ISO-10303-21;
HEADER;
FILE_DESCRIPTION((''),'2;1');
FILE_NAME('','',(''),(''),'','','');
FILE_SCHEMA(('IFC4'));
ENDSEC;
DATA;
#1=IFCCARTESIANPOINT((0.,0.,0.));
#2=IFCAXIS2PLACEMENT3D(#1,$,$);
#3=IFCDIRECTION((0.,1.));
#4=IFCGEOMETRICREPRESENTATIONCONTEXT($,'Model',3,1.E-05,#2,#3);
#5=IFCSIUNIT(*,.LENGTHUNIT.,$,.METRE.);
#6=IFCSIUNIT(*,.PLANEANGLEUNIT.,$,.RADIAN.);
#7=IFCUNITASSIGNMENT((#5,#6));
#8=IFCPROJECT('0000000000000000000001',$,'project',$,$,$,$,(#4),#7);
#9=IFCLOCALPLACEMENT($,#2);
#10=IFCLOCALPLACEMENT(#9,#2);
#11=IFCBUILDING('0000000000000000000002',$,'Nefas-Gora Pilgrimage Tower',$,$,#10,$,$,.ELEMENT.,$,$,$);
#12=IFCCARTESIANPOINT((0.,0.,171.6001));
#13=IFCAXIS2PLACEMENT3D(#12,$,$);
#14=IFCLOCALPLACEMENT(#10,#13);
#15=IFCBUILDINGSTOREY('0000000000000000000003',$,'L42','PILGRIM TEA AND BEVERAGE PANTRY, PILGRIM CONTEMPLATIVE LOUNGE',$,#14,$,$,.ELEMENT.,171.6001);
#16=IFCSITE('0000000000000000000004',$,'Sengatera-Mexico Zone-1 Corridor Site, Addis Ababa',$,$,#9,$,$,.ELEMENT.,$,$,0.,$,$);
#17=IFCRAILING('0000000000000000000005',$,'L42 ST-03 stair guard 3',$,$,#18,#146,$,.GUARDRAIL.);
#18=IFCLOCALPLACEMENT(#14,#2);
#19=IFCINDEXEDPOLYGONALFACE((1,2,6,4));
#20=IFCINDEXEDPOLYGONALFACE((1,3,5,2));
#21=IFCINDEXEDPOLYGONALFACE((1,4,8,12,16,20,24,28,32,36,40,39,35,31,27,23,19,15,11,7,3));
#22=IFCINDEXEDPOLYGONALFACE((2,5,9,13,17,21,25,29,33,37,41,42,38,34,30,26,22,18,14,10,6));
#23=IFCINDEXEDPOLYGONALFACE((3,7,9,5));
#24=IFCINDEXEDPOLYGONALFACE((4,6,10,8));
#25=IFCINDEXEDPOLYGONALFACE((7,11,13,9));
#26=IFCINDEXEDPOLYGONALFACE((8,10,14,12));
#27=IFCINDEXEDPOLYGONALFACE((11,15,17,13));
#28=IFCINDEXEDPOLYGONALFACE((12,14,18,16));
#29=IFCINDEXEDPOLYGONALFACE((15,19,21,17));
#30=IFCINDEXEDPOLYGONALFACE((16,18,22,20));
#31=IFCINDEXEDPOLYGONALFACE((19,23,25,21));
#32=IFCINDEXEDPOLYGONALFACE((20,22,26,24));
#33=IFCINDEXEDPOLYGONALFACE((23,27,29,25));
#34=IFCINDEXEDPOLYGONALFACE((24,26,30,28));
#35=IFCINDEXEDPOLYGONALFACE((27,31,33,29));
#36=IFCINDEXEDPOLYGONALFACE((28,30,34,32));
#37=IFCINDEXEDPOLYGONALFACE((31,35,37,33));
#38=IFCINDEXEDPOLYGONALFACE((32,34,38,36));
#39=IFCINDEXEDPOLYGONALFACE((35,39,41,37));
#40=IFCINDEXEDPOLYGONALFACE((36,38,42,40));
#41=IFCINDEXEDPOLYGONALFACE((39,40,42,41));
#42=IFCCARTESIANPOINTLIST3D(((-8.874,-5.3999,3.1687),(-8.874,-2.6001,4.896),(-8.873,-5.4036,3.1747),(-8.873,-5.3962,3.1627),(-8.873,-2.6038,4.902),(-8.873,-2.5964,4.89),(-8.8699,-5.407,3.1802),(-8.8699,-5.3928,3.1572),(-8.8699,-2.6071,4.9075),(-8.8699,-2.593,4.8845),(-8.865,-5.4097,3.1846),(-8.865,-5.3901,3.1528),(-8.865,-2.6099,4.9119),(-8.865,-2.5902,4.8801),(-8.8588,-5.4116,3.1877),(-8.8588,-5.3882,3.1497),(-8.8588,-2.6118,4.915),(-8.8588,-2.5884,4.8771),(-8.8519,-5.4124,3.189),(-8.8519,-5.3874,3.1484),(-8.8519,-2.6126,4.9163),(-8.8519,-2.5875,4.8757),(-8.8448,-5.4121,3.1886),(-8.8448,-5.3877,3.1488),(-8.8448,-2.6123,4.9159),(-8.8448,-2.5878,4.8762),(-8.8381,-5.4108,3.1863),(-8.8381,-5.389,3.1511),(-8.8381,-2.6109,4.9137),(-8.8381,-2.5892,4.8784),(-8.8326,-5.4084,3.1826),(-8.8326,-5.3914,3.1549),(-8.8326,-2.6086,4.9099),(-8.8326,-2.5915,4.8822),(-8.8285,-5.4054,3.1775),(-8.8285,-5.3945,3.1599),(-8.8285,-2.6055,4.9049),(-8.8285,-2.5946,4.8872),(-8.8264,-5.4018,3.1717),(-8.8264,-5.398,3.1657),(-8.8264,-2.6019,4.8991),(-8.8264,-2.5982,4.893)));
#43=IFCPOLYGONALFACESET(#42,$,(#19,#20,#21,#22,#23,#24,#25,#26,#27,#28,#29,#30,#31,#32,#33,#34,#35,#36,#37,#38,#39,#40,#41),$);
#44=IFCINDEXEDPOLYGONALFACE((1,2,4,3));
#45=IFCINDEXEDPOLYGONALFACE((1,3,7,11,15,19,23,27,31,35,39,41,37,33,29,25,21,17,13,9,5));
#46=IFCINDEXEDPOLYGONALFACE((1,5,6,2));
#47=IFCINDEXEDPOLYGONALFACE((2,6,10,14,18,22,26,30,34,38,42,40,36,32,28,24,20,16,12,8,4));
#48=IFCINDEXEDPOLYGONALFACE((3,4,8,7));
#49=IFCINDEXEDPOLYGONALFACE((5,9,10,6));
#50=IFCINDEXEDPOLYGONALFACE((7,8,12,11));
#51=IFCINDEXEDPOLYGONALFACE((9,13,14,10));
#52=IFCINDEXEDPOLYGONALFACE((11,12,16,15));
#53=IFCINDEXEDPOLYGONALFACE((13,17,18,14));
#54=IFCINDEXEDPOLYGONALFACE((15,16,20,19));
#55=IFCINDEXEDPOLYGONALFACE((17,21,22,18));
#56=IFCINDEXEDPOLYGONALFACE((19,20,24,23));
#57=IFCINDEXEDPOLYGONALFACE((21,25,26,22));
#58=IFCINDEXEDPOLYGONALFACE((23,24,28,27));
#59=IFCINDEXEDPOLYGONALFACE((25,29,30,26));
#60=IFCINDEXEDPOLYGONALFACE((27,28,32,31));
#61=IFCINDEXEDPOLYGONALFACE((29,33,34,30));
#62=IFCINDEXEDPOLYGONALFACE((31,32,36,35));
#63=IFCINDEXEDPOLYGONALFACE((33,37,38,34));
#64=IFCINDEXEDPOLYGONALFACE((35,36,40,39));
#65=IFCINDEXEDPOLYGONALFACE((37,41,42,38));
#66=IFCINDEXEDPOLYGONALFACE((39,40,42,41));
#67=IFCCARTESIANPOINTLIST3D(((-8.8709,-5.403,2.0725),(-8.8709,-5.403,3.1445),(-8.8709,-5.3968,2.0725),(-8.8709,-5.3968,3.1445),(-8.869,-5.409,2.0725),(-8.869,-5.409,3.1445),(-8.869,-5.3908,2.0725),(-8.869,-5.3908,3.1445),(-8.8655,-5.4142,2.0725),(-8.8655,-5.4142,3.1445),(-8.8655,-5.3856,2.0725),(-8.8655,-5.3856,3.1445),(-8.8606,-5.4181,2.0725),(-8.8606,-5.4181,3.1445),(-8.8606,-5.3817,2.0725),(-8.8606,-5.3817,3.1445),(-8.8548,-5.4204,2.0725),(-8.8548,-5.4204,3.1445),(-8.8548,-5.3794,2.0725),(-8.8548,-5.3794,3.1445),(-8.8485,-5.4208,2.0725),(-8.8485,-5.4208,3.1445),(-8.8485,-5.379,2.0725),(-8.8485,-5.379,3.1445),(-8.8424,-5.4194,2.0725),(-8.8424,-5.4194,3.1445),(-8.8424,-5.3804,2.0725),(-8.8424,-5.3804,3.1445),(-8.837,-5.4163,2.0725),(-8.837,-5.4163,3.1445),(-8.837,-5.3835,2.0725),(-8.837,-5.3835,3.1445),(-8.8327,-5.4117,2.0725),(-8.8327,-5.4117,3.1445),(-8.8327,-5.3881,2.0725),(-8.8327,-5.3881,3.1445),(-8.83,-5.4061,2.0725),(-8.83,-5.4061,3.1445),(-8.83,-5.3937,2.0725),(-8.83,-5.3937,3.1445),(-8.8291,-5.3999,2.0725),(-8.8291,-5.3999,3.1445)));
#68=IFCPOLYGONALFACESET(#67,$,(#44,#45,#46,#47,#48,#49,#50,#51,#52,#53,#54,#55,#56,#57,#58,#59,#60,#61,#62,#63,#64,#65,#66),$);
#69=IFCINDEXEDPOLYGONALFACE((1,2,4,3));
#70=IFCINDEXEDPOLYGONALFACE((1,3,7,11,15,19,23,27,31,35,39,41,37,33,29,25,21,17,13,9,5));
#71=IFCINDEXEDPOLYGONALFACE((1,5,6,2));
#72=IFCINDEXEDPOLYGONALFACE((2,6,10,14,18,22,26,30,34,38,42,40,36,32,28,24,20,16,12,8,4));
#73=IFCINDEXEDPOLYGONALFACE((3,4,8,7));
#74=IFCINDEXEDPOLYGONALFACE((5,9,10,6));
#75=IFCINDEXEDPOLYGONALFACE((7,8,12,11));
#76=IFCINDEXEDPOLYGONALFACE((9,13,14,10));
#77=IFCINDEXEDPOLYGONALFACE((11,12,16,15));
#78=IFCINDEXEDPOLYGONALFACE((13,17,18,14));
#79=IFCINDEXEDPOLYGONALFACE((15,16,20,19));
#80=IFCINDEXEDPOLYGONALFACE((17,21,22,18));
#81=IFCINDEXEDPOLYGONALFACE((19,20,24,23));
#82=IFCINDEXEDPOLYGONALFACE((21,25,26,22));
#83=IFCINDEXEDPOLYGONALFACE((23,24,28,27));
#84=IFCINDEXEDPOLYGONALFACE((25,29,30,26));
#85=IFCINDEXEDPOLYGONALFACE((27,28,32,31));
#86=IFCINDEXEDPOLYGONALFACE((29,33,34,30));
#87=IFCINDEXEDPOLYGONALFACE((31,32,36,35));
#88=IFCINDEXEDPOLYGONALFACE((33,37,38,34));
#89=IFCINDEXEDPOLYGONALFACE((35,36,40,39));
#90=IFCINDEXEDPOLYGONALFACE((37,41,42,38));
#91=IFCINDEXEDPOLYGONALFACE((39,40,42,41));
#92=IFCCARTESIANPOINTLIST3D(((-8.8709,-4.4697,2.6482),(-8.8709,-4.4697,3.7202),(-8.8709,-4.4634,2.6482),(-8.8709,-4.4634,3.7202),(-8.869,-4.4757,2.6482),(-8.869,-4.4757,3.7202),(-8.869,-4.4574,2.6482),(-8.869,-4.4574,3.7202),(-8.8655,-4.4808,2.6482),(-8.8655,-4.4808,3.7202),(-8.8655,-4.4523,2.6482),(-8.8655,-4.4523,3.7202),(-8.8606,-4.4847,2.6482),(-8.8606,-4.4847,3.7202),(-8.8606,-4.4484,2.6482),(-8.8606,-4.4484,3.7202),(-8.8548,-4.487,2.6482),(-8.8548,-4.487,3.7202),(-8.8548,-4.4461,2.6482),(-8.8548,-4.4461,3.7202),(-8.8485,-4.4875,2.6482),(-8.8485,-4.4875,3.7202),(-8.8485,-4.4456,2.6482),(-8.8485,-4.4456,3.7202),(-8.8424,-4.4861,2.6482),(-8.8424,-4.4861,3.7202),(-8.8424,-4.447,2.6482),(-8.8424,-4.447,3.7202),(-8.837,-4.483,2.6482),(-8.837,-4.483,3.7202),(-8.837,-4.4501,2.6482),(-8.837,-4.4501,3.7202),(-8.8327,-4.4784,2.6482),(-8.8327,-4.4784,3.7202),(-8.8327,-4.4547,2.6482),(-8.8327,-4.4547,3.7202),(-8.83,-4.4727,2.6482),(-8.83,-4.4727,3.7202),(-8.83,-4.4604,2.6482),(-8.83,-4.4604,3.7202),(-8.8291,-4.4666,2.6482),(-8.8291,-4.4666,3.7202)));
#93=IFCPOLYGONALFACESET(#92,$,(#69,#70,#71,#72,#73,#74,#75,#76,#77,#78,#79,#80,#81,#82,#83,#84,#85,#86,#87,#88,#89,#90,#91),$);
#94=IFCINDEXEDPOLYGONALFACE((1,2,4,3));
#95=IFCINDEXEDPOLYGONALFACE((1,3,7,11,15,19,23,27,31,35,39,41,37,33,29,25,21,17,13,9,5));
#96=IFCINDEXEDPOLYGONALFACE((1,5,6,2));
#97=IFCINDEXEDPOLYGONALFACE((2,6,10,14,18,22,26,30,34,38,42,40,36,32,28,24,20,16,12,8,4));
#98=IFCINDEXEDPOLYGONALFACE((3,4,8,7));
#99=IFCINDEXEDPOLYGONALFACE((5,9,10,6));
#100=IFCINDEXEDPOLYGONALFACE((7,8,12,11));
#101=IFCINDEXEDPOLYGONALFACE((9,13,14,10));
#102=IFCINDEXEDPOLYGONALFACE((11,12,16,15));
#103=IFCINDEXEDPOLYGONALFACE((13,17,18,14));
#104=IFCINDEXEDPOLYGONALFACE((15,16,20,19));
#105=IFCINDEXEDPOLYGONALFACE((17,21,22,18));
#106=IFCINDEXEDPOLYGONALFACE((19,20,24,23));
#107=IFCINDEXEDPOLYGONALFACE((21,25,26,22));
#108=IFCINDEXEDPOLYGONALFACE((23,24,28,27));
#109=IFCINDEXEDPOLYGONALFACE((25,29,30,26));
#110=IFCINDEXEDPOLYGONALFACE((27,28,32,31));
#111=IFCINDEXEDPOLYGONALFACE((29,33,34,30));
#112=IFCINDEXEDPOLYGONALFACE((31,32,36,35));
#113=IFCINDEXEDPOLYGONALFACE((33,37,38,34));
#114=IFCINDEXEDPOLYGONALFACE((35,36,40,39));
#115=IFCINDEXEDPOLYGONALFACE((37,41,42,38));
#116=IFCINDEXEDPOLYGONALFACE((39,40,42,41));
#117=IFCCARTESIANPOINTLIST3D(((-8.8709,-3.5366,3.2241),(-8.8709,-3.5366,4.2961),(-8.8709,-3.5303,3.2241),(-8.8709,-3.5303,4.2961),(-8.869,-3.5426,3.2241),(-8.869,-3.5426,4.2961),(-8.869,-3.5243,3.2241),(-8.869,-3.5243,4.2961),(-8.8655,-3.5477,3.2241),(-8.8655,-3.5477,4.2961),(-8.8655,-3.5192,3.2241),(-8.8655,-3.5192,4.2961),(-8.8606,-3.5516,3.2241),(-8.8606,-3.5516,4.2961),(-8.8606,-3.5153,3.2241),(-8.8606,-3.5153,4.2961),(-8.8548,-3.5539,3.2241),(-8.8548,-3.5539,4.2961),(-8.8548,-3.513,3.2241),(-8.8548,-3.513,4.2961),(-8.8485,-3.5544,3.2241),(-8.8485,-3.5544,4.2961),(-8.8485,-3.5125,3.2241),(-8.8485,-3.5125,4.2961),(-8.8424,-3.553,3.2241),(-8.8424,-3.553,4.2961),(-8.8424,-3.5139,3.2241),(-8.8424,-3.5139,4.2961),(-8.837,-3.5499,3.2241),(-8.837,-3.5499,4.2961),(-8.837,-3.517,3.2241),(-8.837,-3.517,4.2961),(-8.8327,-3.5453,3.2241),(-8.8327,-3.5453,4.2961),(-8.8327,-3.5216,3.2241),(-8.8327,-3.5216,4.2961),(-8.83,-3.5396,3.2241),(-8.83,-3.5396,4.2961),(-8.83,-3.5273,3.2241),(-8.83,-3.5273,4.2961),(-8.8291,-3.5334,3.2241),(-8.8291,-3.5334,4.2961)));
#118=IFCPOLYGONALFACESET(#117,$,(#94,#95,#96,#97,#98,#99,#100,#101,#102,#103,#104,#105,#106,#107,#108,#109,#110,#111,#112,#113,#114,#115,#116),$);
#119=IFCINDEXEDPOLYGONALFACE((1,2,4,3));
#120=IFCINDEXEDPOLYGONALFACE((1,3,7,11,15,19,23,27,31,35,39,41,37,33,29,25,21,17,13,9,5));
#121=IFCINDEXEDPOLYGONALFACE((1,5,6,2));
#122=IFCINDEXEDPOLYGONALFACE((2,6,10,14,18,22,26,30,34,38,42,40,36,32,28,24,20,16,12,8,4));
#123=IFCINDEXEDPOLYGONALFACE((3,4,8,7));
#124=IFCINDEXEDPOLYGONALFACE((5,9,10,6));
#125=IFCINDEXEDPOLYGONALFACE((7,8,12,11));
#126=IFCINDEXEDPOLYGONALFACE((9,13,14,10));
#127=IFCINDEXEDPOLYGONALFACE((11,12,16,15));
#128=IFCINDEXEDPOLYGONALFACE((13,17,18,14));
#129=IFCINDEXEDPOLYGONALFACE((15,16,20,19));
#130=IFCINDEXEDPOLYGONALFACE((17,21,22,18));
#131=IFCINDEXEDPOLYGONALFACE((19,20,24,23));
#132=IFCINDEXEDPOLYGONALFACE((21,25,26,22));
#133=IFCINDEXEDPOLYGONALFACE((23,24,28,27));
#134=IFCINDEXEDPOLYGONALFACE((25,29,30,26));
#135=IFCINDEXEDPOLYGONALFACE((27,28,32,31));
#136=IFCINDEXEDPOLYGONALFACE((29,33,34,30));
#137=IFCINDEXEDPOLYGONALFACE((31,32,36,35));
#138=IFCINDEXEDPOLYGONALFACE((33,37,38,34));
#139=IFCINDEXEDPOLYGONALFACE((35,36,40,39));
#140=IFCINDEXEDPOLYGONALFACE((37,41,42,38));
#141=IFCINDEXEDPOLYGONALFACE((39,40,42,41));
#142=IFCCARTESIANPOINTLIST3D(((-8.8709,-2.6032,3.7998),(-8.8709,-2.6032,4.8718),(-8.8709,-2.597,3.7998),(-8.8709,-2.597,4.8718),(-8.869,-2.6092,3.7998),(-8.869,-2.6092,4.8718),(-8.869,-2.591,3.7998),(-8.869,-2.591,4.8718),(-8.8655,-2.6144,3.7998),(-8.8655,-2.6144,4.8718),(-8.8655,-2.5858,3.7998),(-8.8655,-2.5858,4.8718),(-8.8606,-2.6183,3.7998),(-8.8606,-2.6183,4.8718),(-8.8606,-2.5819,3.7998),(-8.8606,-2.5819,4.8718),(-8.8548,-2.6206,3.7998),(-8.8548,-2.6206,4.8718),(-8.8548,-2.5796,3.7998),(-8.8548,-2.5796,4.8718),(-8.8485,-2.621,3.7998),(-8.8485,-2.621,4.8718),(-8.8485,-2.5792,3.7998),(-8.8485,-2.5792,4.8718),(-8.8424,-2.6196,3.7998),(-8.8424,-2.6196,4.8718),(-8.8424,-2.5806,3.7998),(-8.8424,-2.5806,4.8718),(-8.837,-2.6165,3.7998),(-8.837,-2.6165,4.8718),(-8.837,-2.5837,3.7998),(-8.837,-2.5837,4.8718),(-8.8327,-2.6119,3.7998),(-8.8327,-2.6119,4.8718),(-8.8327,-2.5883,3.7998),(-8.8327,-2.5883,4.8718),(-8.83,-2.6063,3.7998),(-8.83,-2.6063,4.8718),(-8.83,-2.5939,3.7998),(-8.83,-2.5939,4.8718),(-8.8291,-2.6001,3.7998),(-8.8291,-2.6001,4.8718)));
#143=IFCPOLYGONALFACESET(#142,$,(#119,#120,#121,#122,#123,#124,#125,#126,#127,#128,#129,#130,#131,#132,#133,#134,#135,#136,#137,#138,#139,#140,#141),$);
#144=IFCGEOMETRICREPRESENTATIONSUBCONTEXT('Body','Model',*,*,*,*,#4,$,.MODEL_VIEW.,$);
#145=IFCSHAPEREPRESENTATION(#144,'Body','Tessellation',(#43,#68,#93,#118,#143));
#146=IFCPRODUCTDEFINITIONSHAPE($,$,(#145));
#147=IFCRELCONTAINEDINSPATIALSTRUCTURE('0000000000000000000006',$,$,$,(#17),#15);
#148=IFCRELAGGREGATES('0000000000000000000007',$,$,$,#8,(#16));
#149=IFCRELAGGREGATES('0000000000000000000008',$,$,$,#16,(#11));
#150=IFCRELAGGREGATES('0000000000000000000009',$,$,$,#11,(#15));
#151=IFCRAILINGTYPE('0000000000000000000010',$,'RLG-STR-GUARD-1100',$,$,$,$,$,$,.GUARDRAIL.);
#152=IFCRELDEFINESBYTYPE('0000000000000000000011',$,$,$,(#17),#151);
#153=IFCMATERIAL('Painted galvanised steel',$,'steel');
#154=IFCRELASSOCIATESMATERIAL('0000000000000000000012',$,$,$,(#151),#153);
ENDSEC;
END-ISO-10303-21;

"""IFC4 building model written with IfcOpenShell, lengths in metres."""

from ifc_helpers import new_model, si_unit, direction, frame, origin, origin_2d, place, context, subcontext, project, spatial, circle, extrude, material, type_object, element, save


model = new_model("IFC4")

# Units and contexts
model_context = context("Model", 3, precision=1e-05, world=origin(), true_north=direction((0.0, 1.0)))
body_context = subcontext(model_context, "Body", "Model", "MODEL_VIEW")
ifc_project = project(units=[si_unit("LENGTHUNIT", "METRE"), si_unit("PLANEANGLEUNIT", "RADIAN")], contexts=[model_context])

# Site, building, storey
site_placement = place(None, origin())
site = spatial("IfcSite", under=ifc_project, at=site_placement, Name="Sengatera-Mexico Zone-1 Corridor Site, Addis Ababa", CompositionType="ELEMENT", RefElevation=0.0)
building_placement = place(site_placement, origin())
building = spatial("IfcBuilding", under=site, at=building_placement, Name="Nefas-Gora Pilgrimage Tower", CompositionType="ELEMENT")
storey_placement = place(building_placement, frame((0.0, 0.0, 171.6001)))
storey = spatial("IfcBuildingStorey", under=building, at=storey_placement, Name="L42", Description="PILGRIM TEA AND BEVERAGE PANTRY, PILGRIM CONTEMPLATIVE LOUNGE", CompositionType="ELEMENT", Elevation=171.6001)

# Railing
ifc_material_1 = material(Name="Painted galvanised steel", Category="steel")
railing_type = type_object("IfcRailingType", Name="RLG-STR-GUARD-1100", PredefinedType="GUARDRAIL", material=ifc_material_1)
railing_1_placement = place(storey_placement, frame((-8.8501, -5.3999, 2.0725)))
element("IfcRailing", 1, at=railing_1_placement, inside=storey, type_object=railing_type, Name="L42 ST-03 stair guard 3", PredefinedType="GUARDRAIL", context=body_context, shape_type="SweptSolid", body=[
    extrude(circle(Radius=0.0239, at=origin_2d()), frame((0.0, 0.0, 1.0962), z_axis=(0.0, 0.851069, 0.525054), x_axis=(-1.0, 0.0, 0.0)), (0.0, 0.0, 1.0), 3.2898),
    extrude(circle(Radius=0.021, at=origin_2d()), origin(), (0.0, 0.0, 1.0), 1.072),
    extrude(circle(Radius=0.021, at=origin_2d()), frame((0.0, 0.9333, 0.5757)), (0.0, 0.0, 1.0), 1.072),
    extrude(circle(Radius=0.021, at=origin_2d()), frame((0.0, 1.8665, 1.1516)), (0.0, 0.0, 1.0), 1.072),
    extrude(circle(Radius=0.021, at=origin_2d()), frame((0.0, 2.7998, 1.7273)), (0.0, 0.0, 1.0), 1.072),
])

save(model, "model.ifc")
